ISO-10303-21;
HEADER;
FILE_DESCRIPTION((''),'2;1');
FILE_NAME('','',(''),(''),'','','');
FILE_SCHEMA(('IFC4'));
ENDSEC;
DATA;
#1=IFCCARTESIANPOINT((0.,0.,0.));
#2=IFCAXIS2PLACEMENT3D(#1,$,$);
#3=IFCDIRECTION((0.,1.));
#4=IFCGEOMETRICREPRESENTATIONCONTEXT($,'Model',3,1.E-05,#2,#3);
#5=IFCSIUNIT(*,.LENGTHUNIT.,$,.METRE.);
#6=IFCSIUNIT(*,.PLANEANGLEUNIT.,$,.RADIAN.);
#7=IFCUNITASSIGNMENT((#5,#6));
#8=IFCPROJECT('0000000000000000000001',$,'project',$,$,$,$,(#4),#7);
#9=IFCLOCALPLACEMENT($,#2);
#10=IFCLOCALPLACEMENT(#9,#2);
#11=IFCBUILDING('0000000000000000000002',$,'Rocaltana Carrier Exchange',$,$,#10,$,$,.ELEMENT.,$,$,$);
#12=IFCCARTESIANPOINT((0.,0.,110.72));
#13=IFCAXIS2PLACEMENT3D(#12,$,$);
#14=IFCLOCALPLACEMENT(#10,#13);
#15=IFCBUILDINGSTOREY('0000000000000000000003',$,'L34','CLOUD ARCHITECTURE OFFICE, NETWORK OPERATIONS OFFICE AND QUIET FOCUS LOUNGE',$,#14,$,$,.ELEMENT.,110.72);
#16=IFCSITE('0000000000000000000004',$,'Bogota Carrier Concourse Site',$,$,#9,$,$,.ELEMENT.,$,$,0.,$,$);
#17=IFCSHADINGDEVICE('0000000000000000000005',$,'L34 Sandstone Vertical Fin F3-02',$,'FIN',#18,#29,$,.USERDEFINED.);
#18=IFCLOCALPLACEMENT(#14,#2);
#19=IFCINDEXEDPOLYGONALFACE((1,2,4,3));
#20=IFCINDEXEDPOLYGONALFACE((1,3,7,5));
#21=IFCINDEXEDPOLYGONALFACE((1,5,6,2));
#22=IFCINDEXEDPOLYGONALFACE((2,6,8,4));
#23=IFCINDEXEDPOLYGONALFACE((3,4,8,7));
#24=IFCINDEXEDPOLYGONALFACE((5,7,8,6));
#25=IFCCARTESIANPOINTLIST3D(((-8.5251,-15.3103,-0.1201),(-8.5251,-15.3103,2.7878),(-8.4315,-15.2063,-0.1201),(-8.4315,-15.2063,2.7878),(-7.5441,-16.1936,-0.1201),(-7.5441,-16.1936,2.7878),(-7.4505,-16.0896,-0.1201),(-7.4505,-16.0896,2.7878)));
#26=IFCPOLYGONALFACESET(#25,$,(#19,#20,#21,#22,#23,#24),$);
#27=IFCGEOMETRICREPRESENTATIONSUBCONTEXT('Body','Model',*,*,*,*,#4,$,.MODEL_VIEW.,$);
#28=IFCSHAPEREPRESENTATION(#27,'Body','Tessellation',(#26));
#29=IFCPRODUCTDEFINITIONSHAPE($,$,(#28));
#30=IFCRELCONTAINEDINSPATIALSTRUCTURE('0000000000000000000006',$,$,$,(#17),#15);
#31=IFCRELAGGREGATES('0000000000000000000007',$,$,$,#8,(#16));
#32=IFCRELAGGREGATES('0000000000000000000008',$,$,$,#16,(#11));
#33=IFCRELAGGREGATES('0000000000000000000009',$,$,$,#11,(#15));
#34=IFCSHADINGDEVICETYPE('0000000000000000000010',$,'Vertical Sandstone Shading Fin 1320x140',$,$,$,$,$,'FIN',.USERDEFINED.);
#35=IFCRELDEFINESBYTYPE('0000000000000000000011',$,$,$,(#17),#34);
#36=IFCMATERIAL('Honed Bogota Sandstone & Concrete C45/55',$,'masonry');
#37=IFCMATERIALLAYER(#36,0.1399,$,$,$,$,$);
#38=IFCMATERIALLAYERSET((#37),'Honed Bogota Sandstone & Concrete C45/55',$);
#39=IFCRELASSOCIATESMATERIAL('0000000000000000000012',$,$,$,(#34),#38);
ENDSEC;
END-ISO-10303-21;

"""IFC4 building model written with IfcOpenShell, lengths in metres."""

from ifc_helpers import new_model, si_unit, direction, frame, origin, origin_2d, place, context, subcontext, project, spatial, rectangle, extrude, material, layer, layer_set, type_object, element, save


model = new_model("IFC4")

# Units and contexts
model_context = context("Model", 3, precision=1e-05, world=origin(), true_north=direction((0.0, 1.0)))
body_context = subcontext(model_context, "Body", "Model", "MODEL_VIEW")
ifc_project = project(units=[si_unit("LENGTHUNIT", "METRE"), si_unit("PLANEANGLEUNIT", "RADIAN")], contexts=[model_context])

# Site, building, storey
site_placement = place(None, origin())
site = spatial("IfcSite", under=ifc_project, at=site_placement, Name="Bogota Carrier Concourse Site", CompositionType="ELEMENT", RefElevation=0.0)
building_placement = place(site_placement, origin())
building = spatial("IfcBuilding", under=site, at=building_placement, Name="Rocaltana Carrier Exchange", CompositionType="ELEMENT")
storey_placement = place(building_placement, frame((0.0, 0.0, 110.72)))
storey = spatial("IfcBuildingStorey", under=building, at=storey_placement, Name="L34", Description="CLOUD ARCHITECTURE OFFICE, NETWORK OPERATIONS OFFICE AND QUIET FOCUS LOUNGE", CompositionType="ELEMENT", Elevation=110.72)

# Shading device
ifc_material_1 = material(Name="Honed Bogota Sandstone & Concrete C45/55", Category="masonry")
ifc_layer_1 = layer(ifc_material_1, 0.1399)
ifc_layer_set_1 = layer_set([ifc_layer_1], Name="Honed Bogota Sandstone & Concrete C45/55")
shading_device_type = type_object("IfcShadingDeviceType", Name="Vertical Sandstone Shading Fin 1320x140", ElementType="FIN", PredefinedType="USERDEFINED", material=ifc_layer_set_1)
shading_device_placement = place(storey_placement, frame((-7.9878, -15.7, -0.1201), z_axis=(0.0, 0.0, 1.0), x_axis=(0.743145, -0.669131, 0.0)))
element("IfcShadingDevice", 1, at=shading_device_placement, inside=storey, type_object=shading_device_type, Name="L34 Sandstone Vertical Fin F3-02", ObjectType="FIN", PredefinedType="USERDEFINED", context=body_context, shape_type="SweptSolid", body=[
    extrude(rectangle(XDim=1.3201, YDim=0.1399, at=origin_2d()), origin(), (0.0, 0.0, 1.0), 2.908),
])

save(model, "model.ifc")
